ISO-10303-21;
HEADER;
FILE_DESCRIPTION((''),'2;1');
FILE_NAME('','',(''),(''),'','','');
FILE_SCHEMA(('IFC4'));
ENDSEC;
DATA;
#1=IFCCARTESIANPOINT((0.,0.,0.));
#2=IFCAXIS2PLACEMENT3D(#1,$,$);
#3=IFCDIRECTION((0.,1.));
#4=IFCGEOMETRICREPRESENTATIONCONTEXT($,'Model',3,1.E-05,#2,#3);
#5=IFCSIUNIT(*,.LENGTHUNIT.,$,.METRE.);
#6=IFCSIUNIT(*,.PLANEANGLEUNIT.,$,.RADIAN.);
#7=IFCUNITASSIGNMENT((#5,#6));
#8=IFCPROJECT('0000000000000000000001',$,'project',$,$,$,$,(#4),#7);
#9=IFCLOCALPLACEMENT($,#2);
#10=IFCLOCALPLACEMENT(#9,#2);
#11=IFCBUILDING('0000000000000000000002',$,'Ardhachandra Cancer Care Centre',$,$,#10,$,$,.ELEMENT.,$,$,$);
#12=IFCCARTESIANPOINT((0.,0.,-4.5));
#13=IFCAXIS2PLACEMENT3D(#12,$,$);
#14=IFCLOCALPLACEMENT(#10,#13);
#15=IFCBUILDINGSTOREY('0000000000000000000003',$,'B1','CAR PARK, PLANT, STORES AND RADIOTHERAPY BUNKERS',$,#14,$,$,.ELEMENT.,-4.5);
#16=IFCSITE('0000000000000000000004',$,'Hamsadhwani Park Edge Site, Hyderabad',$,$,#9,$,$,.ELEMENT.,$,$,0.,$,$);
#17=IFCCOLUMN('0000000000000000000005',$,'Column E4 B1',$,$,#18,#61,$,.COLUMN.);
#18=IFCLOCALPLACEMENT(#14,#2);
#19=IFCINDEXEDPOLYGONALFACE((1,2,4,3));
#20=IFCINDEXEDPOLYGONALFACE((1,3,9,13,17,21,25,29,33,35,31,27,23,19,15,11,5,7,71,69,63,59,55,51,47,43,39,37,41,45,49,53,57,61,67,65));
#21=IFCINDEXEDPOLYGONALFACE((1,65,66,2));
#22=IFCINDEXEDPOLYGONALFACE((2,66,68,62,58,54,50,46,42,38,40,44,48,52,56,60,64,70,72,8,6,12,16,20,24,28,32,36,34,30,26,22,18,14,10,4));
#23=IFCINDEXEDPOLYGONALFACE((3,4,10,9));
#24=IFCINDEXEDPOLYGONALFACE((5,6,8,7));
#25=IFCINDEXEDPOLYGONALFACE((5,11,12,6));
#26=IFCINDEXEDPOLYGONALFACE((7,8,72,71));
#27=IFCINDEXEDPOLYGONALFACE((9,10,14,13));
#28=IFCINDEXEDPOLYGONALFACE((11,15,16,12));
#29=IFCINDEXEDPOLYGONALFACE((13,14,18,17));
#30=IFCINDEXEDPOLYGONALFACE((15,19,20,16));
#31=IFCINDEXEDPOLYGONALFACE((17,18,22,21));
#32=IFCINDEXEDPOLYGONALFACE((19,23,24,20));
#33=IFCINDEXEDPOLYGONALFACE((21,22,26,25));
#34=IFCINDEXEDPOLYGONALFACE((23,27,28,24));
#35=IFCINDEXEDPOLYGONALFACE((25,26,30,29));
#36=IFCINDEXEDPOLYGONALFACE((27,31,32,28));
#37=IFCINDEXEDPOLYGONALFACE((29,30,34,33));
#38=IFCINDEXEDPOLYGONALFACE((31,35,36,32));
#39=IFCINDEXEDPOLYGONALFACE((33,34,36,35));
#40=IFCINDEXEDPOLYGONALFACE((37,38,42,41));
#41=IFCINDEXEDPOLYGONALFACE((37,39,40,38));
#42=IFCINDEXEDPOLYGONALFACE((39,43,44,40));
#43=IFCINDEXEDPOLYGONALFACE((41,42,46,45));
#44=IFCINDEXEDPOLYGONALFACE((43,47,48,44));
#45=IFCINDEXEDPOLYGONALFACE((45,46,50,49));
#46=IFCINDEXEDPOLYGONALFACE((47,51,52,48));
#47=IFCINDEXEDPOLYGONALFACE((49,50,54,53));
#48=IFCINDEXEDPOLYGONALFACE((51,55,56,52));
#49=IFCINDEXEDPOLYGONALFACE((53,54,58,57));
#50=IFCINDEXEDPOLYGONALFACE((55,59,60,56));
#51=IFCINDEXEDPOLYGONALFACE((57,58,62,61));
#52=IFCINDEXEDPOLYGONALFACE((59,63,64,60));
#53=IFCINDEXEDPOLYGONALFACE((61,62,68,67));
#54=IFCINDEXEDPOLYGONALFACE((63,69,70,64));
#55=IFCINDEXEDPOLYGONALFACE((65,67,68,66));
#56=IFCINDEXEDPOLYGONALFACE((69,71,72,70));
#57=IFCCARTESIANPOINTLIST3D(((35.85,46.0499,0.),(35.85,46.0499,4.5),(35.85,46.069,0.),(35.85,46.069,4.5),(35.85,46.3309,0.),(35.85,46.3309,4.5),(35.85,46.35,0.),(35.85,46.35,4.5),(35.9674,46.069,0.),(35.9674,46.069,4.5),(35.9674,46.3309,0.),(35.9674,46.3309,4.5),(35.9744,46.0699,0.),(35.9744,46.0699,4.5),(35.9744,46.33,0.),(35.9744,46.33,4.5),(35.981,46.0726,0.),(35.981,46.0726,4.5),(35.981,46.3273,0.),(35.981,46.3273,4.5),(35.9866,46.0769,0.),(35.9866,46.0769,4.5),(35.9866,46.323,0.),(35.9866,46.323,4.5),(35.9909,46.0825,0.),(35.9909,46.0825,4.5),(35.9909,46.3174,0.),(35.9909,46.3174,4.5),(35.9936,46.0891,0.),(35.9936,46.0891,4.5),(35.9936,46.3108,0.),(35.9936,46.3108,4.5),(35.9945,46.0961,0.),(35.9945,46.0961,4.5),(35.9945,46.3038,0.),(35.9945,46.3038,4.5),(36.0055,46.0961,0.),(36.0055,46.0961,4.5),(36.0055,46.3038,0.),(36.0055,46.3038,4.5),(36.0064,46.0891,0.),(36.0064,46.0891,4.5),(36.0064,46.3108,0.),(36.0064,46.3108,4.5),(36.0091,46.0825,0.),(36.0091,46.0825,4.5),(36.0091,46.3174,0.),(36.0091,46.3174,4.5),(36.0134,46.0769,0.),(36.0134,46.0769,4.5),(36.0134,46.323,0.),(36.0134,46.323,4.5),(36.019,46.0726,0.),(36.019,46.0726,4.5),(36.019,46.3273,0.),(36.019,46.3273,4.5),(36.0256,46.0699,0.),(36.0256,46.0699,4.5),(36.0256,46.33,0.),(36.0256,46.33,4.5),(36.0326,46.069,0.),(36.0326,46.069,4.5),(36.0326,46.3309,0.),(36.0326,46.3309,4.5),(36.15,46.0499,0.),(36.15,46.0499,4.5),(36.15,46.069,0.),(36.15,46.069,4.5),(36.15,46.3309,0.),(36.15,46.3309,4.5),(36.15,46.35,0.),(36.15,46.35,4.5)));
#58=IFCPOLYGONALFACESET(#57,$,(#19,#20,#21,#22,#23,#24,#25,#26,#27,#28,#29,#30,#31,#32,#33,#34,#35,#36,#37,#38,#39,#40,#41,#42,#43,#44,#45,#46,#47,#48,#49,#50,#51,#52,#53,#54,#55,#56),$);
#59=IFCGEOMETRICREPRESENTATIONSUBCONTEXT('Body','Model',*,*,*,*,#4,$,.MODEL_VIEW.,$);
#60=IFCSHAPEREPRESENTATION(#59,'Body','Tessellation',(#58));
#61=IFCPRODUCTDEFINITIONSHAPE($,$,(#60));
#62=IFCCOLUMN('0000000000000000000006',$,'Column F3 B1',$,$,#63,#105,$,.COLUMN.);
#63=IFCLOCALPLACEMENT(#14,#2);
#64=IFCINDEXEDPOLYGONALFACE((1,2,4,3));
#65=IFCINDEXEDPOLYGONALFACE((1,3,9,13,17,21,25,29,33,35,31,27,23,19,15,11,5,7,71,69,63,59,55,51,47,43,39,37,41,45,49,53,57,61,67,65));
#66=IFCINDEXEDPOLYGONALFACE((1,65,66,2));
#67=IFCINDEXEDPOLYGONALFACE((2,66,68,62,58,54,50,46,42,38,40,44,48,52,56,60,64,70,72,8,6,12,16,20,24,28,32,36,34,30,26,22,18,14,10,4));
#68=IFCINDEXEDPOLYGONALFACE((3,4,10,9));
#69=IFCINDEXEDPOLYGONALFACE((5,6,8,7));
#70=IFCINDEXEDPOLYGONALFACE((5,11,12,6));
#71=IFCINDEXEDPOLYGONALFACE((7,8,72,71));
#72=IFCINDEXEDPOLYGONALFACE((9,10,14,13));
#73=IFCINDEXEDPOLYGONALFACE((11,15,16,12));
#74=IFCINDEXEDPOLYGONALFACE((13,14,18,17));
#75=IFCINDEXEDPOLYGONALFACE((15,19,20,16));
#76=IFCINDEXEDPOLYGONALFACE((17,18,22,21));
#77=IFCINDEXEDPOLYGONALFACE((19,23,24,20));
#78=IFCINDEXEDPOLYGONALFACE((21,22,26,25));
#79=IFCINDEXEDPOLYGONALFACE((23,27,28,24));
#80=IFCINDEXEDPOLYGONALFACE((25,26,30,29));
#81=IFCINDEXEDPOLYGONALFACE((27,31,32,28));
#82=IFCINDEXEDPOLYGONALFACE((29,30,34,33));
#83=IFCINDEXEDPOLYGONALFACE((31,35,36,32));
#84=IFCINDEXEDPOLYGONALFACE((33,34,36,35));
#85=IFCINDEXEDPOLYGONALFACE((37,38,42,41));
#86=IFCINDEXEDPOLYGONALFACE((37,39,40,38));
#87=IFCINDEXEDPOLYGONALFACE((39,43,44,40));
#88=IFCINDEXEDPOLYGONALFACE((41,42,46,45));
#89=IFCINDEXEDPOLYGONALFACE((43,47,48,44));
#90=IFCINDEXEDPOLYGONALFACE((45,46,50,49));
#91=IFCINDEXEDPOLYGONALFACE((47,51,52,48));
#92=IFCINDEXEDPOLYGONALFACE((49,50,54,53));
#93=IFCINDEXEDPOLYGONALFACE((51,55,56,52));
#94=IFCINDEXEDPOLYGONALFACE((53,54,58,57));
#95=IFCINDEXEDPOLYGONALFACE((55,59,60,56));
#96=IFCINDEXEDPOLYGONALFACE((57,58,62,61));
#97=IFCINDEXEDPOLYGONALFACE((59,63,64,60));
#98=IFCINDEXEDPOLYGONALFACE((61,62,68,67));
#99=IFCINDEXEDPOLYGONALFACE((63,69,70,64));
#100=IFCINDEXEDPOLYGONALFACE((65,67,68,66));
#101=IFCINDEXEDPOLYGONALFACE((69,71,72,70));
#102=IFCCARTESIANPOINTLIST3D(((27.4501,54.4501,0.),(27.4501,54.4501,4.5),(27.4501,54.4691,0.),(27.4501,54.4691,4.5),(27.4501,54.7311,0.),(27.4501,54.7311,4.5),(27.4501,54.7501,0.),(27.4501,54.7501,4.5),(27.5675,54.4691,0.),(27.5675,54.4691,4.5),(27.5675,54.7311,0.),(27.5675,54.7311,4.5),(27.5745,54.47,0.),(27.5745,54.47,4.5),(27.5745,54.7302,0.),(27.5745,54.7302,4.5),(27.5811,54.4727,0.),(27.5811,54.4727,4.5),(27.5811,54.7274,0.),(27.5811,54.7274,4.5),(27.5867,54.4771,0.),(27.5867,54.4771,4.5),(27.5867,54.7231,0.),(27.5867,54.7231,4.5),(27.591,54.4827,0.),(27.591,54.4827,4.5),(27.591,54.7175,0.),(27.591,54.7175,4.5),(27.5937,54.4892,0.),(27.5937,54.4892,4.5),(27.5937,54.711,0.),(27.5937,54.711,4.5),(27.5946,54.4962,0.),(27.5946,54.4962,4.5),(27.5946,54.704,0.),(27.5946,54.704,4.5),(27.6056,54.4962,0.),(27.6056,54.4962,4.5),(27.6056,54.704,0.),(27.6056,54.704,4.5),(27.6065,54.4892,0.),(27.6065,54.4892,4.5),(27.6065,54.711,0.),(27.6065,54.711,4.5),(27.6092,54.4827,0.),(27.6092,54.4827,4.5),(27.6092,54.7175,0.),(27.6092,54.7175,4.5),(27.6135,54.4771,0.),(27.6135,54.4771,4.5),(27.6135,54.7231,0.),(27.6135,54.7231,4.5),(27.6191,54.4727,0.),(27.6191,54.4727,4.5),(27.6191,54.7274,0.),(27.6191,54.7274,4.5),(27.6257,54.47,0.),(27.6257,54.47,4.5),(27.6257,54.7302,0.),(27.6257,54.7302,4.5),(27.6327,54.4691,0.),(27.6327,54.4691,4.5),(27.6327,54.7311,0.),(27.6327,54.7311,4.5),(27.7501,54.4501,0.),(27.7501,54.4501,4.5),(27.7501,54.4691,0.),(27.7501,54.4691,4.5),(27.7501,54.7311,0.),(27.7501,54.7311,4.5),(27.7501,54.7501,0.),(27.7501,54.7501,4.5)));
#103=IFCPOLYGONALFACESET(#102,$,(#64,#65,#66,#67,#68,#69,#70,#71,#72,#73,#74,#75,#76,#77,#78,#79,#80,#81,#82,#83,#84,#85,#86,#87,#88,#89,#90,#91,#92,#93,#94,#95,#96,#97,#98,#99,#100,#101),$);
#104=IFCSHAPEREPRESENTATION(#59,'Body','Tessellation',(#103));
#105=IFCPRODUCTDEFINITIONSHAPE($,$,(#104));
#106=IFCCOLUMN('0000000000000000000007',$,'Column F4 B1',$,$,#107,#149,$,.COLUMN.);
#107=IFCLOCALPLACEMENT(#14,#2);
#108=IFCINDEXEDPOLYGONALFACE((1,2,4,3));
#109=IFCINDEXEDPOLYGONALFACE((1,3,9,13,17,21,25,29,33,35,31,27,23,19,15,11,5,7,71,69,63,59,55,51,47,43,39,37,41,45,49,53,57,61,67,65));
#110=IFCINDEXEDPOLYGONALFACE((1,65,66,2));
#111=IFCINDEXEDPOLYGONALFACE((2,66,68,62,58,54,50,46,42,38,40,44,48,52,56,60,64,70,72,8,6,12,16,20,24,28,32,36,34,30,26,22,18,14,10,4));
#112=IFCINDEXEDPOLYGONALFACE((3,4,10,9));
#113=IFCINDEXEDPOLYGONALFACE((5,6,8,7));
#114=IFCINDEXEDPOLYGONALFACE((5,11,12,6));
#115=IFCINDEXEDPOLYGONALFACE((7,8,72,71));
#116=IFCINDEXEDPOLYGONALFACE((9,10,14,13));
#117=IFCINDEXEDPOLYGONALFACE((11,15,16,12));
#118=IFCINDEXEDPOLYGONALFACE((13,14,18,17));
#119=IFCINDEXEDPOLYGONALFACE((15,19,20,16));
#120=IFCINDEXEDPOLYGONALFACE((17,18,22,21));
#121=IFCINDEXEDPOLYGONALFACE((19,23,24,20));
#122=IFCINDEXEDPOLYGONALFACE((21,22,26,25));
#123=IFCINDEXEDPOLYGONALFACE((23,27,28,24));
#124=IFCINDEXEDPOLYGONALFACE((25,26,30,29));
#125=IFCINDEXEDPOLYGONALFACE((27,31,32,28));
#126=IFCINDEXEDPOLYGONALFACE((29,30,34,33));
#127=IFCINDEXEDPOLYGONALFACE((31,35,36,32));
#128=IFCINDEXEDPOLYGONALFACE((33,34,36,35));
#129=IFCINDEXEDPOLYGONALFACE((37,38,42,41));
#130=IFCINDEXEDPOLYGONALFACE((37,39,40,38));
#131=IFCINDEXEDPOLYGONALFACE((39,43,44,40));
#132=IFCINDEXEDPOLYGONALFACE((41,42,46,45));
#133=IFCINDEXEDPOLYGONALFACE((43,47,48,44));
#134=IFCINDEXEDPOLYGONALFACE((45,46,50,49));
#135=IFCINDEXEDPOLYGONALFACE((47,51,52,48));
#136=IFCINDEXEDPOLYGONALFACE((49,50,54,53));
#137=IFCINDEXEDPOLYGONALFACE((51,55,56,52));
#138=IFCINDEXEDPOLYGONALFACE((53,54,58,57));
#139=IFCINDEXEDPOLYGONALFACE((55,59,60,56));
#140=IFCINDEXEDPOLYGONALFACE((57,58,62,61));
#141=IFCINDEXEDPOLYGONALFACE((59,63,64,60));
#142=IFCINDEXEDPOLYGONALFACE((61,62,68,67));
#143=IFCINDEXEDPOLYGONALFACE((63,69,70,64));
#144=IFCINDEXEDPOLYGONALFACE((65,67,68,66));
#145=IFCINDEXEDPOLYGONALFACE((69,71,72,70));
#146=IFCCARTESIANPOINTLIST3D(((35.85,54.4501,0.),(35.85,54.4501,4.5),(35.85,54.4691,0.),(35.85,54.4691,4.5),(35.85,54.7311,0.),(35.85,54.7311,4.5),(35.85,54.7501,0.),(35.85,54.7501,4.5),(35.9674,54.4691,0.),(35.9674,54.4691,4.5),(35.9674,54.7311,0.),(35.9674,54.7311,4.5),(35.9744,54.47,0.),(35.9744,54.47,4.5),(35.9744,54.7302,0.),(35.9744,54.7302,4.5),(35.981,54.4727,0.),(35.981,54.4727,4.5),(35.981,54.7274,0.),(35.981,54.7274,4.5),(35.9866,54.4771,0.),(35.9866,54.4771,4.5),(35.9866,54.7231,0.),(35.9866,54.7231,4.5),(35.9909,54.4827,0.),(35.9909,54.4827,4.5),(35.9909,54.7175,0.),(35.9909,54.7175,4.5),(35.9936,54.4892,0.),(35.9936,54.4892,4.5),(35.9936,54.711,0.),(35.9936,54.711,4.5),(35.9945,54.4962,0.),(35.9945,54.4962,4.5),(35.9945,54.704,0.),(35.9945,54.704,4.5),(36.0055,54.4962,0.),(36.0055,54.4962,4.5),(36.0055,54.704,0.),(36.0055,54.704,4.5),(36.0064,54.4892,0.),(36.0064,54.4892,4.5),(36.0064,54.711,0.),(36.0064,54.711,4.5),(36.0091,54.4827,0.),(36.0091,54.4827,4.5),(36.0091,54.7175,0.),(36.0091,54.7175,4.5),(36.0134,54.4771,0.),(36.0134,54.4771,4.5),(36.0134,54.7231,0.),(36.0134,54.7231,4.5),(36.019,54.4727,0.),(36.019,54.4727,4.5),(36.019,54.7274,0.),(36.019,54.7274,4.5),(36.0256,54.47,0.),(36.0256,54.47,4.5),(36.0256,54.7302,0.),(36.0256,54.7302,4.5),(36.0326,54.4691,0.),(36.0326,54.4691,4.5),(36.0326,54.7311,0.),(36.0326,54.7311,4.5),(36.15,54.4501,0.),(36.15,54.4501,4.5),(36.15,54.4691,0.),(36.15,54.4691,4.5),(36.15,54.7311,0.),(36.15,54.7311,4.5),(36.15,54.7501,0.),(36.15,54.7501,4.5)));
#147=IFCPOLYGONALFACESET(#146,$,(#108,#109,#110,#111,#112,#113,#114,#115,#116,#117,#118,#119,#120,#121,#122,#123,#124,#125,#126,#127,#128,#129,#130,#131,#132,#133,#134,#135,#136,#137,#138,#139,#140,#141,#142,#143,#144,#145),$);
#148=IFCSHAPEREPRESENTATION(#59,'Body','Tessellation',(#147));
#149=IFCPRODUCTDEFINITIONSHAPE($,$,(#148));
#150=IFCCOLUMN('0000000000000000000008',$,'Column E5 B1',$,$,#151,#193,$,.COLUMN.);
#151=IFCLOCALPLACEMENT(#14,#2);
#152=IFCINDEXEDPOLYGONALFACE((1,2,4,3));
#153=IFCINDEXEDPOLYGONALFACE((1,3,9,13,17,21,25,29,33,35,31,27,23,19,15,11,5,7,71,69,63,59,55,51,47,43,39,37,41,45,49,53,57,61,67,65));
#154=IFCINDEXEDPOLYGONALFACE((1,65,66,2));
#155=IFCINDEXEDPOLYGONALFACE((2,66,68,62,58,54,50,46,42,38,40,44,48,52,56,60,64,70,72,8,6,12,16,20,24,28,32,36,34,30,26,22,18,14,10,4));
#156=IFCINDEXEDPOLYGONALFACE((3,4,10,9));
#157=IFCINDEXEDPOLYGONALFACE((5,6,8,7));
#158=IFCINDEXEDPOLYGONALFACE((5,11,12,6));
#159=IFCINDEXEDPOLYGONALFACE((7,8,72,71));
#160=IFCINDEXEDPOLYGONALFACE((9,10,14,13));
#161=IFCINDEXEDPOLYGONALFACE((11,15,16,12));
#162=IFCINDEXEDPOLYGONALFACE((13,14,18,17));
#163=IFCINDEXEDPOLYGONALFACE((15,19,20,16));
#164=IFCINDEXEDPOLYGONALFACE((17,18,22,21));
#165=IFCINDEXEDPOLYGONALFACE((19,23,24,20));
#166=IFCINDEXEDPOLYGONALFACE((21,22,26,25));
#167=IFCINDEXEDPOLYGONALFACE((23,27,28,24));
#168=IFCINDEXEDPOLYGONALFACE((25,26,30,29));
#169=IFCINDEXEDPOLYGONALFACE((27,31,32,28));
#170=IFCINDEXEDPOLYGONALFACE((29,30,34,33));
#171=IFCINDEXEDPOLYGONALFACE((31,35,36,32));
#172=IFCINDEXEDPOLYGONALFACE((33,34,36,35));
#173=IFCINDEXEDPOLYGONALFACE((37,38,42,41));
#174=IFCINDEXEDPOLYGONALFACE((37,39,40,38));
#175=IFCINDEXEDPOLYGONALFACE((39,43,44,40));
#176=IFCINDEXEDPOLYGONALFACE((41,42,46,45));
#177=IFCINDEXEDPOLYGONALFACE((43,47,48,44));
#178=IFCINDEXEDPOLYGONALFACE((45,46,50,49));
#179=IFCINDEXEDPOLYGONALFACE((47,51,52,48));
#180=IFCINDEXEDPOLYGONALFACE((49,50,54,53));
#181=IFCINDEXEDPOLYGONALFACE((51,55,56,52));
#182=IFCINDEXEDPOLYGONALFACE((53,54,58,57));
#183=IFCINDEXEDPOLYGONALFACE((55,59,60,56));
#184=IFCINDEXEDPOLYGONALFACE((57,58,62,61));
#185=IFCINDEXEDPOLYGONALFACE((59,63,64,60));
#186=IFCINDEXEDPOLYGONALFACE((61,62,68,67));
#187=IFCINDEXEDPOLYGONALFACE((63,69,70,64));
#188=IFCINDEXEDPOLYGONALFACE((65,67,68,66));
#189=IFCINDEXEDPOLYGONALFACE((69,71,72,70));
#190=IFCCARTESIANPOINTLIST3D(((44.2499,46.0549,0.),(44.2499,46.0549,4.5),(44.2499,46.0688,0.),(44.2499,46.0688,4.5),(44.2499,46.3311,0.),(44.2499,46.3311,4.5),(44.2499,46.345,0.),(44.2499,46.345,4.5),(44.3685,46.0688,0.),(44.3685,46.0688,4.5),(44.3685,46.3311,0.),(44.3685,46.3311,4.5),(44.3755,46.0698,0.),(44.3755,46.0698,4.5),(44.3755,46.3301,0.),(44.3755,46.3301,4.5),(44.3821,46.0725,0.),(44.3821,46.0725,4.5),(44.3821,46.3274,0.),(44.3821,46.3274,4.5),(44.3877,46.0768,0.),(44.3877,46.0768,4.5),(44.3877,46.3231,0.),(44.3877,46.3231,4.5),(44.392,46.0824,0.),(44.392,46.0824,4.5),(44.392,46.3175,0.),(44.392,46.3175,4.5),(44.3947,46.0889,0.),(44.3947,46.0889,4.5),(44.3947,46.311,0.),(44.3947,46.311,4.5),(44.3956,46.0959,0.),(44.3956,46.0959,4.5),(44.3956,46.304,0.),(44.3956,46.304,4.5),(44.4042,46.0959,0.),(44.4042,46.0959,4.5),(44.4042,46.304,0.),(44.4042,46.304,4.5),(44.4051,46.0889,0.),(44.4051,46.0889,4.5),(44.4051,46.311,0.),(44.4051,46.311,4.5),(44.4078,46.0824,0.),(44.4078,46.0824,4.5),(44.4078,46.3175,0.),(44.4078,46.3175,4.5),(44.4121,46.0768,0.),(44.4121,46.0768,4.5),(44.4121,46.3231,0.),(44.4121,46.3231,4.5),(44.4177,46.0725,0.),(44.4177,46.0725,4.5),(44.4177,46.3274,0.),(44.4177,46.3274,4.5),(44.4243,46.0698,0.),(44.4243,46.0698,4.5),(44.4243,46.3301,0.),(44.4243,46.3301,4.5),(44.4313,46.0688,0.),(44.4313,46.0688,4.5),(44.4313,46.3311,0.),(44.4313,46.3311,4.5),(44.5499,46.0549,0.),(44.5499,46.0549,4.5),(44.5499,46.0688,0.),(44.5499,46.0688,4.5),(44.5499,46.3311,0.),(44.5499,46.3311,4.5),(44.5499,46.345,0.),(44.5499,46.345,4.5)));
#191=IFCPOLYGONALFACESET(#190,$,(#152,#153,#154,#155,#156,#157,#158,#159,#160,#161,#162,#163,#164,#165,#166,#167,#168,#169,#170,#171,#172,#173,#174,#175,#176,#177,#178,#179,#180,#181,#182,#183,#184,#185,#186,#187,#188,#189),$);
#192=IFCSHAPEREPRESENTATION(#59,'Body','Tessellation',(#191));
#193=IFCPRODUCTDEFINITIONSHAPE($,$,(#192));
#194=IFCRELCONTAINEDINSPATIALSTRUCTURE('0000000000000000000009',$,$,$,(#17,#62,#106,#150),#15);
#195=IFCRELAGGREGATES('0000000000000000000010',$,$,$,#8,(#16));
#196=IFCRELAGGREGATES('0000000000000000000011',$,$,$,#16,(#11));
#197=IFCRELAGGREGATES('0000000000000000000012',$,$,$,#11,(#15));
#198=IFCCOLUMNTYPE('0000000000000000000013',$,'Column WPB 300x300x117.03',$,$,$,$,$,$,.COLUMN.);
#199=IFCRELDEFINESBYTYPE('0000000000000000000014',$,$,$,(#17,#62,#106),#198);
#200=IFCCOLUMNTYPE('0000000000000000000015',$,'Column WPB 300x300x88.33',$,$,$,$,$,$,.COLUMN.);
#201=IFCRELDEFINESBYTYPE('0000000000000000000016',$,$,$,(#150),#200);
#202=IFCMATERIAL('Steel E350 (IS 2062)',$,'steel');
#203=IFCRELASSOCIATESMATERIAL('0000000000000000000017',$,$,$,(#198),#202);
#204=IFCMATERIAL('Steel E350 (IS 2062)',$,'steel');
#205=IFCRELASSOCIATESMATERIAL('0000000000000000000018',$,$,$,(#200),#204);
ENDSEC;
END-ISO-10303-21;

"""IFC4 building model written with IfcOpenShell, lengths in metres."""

from ifc_helpers import new_model, si_unit, direction, frame, origin, origin_2d, place, context, subcontext, project, spatial, i_section, extrude, material, material_profile, profile_set, type_object, element, save


model = new_model("IFC4")

# Units and contexts
model_context = context("Model", 3, precision=1e-05, world=origin(), true_north=direction((0.0, 1.0)))
body_context = subcontext(model_context, "Body", "Model", "MODEL_VIEW")
ifc_project = project(units=[si_unit("LENGTHUNIT", "METRE"), si_unit("PLANEANGLEUNIT", "RADIAN")], contexts=[model_context])

# Site, building, storey
site_placement = place(None, origin())
site = spatial("IfcSite", under=ifc_project, at=site_placement, Name="Hamsadhwani Park Edge Site, Hyderabad", CompositionType="ELEMENT", RefElevation=0.0)
building_placement = place(site_placement, origin())
building = spatial("IfcBuilding", under=site, at=building_placement, Name="Ardhachandra Cancer Care Centre", CompositionType="ELEMENT")
storey_placement = place(building_placement, frame((0.0, 0.0, -4.5)))
storey = spatial("IfcBuildingStorey", under=building, at=storey_placement, Name="B1", Description="CAR PARK, PLANT, STORES AND RADIOTHERAPY BUNKERS", CompositionType="ELEMENT", Elevation=-4.5)

# Columns
ifc_material_1 = material(Name="Steel E350 (IS 2062)", Category="steel")
ifc_material_profile_1 = material_profile(ifc_material_1, i_section(OverallWidth=0.3, OverallDepth=0.3, WebThickness=0.011, FlangeThickness=0.019, FilletRadius=0.0271, at=origin_2d()), Name="WPB 300x300x117.03")
ifc_profile_set_1 = profile_set([ifc_material_profile_1], Name="Steel E350 (IS 2062)")
column_type_1 = type_object("IfcColumnType", Name="Column WPB 300x300x117.03", PredefinedType="COLUMN", material=ifc_profile_set_1)
for number, where, z_axis, x_axis, name in (
    (1, (36.0, 46.2, 0.0), (0.0, 0.0, 1.0), (1.0, 0.0, 0.0), "Column E4 B1"),
    (2, (27.6001, 54.6001, 0.0), (0.0, 0.0, 1.0), (1.0, 0.0, 0.0), "Column F3 B1"),
    (3, (36.0, 54.6001, 0.0), (0.0, 0.0, 1.0), (1.0, 0.0, 0.0), "Column F4 B1"),
):
    element("IfcColumn", number, at=place(storey_placement, frame(where, z_axis=z_axis, x_axis=x_axis)), inside=storey, type_object=column_type_1, Name=name, PredefinedType="COLUMN", context=body_context, shape_type="SweptSolid", body=[
        extrude(i_section(OverallWidth=0.3, OverallDepth=0.3, WebThickness=0.011, FlangeThickness=0.019, FilletRadius=0.0271, at=origin_2d()), origin(), (0.0, 0.0, 1.0), 4.5),
    ])
ifc_material_2 = material(Name="Steel E350 (IS 2062)", Category="steel")
ifc_material_profile_2 = material_profile(ifc_material_2, i_section(OverallWidth=0.3, OverallDepth=0.29, WebThickness=0.0085, FlangeThickness=0.0139, FilletRadius=0.0271, at=origin_2d()), Name="WPB 300x300x88.33")
ifc_profile_set_2 = profile_set([ifc_material_profile_2], Name="Steel E350 (IS 2062)")
column_type_2 = type_object("IfcColumnType", Name="Column WPB 300x300x88.33", PredefinedType="COLUMN", material=ifc_profile_set_2)
column_1_placement = place(storey_placement, frame((44.3999, 46.2, 0.0), z_axis=(0.0, 0.0, 1.0), x_axis=(1.0, 0.0, 0.0)))
element("IfcColumn", 4, at=column_1_placement, inside=storey, type_object=column_type_2, Name="Column E5 B1", PredefinedType="COLUMN", context=body_context, shape_type="SweptSolid", body=[
    extrude(i_section(OverallWidth=0.3, OverallDepth=0.29, WebThickness=0.0085, FlangeThickness=0.0139, FilletRadius=0.0271, at=origin_2d()), origin(), (0.0, 0.0, 1.0), 4.5),
])

save(model, "model.ifc")
